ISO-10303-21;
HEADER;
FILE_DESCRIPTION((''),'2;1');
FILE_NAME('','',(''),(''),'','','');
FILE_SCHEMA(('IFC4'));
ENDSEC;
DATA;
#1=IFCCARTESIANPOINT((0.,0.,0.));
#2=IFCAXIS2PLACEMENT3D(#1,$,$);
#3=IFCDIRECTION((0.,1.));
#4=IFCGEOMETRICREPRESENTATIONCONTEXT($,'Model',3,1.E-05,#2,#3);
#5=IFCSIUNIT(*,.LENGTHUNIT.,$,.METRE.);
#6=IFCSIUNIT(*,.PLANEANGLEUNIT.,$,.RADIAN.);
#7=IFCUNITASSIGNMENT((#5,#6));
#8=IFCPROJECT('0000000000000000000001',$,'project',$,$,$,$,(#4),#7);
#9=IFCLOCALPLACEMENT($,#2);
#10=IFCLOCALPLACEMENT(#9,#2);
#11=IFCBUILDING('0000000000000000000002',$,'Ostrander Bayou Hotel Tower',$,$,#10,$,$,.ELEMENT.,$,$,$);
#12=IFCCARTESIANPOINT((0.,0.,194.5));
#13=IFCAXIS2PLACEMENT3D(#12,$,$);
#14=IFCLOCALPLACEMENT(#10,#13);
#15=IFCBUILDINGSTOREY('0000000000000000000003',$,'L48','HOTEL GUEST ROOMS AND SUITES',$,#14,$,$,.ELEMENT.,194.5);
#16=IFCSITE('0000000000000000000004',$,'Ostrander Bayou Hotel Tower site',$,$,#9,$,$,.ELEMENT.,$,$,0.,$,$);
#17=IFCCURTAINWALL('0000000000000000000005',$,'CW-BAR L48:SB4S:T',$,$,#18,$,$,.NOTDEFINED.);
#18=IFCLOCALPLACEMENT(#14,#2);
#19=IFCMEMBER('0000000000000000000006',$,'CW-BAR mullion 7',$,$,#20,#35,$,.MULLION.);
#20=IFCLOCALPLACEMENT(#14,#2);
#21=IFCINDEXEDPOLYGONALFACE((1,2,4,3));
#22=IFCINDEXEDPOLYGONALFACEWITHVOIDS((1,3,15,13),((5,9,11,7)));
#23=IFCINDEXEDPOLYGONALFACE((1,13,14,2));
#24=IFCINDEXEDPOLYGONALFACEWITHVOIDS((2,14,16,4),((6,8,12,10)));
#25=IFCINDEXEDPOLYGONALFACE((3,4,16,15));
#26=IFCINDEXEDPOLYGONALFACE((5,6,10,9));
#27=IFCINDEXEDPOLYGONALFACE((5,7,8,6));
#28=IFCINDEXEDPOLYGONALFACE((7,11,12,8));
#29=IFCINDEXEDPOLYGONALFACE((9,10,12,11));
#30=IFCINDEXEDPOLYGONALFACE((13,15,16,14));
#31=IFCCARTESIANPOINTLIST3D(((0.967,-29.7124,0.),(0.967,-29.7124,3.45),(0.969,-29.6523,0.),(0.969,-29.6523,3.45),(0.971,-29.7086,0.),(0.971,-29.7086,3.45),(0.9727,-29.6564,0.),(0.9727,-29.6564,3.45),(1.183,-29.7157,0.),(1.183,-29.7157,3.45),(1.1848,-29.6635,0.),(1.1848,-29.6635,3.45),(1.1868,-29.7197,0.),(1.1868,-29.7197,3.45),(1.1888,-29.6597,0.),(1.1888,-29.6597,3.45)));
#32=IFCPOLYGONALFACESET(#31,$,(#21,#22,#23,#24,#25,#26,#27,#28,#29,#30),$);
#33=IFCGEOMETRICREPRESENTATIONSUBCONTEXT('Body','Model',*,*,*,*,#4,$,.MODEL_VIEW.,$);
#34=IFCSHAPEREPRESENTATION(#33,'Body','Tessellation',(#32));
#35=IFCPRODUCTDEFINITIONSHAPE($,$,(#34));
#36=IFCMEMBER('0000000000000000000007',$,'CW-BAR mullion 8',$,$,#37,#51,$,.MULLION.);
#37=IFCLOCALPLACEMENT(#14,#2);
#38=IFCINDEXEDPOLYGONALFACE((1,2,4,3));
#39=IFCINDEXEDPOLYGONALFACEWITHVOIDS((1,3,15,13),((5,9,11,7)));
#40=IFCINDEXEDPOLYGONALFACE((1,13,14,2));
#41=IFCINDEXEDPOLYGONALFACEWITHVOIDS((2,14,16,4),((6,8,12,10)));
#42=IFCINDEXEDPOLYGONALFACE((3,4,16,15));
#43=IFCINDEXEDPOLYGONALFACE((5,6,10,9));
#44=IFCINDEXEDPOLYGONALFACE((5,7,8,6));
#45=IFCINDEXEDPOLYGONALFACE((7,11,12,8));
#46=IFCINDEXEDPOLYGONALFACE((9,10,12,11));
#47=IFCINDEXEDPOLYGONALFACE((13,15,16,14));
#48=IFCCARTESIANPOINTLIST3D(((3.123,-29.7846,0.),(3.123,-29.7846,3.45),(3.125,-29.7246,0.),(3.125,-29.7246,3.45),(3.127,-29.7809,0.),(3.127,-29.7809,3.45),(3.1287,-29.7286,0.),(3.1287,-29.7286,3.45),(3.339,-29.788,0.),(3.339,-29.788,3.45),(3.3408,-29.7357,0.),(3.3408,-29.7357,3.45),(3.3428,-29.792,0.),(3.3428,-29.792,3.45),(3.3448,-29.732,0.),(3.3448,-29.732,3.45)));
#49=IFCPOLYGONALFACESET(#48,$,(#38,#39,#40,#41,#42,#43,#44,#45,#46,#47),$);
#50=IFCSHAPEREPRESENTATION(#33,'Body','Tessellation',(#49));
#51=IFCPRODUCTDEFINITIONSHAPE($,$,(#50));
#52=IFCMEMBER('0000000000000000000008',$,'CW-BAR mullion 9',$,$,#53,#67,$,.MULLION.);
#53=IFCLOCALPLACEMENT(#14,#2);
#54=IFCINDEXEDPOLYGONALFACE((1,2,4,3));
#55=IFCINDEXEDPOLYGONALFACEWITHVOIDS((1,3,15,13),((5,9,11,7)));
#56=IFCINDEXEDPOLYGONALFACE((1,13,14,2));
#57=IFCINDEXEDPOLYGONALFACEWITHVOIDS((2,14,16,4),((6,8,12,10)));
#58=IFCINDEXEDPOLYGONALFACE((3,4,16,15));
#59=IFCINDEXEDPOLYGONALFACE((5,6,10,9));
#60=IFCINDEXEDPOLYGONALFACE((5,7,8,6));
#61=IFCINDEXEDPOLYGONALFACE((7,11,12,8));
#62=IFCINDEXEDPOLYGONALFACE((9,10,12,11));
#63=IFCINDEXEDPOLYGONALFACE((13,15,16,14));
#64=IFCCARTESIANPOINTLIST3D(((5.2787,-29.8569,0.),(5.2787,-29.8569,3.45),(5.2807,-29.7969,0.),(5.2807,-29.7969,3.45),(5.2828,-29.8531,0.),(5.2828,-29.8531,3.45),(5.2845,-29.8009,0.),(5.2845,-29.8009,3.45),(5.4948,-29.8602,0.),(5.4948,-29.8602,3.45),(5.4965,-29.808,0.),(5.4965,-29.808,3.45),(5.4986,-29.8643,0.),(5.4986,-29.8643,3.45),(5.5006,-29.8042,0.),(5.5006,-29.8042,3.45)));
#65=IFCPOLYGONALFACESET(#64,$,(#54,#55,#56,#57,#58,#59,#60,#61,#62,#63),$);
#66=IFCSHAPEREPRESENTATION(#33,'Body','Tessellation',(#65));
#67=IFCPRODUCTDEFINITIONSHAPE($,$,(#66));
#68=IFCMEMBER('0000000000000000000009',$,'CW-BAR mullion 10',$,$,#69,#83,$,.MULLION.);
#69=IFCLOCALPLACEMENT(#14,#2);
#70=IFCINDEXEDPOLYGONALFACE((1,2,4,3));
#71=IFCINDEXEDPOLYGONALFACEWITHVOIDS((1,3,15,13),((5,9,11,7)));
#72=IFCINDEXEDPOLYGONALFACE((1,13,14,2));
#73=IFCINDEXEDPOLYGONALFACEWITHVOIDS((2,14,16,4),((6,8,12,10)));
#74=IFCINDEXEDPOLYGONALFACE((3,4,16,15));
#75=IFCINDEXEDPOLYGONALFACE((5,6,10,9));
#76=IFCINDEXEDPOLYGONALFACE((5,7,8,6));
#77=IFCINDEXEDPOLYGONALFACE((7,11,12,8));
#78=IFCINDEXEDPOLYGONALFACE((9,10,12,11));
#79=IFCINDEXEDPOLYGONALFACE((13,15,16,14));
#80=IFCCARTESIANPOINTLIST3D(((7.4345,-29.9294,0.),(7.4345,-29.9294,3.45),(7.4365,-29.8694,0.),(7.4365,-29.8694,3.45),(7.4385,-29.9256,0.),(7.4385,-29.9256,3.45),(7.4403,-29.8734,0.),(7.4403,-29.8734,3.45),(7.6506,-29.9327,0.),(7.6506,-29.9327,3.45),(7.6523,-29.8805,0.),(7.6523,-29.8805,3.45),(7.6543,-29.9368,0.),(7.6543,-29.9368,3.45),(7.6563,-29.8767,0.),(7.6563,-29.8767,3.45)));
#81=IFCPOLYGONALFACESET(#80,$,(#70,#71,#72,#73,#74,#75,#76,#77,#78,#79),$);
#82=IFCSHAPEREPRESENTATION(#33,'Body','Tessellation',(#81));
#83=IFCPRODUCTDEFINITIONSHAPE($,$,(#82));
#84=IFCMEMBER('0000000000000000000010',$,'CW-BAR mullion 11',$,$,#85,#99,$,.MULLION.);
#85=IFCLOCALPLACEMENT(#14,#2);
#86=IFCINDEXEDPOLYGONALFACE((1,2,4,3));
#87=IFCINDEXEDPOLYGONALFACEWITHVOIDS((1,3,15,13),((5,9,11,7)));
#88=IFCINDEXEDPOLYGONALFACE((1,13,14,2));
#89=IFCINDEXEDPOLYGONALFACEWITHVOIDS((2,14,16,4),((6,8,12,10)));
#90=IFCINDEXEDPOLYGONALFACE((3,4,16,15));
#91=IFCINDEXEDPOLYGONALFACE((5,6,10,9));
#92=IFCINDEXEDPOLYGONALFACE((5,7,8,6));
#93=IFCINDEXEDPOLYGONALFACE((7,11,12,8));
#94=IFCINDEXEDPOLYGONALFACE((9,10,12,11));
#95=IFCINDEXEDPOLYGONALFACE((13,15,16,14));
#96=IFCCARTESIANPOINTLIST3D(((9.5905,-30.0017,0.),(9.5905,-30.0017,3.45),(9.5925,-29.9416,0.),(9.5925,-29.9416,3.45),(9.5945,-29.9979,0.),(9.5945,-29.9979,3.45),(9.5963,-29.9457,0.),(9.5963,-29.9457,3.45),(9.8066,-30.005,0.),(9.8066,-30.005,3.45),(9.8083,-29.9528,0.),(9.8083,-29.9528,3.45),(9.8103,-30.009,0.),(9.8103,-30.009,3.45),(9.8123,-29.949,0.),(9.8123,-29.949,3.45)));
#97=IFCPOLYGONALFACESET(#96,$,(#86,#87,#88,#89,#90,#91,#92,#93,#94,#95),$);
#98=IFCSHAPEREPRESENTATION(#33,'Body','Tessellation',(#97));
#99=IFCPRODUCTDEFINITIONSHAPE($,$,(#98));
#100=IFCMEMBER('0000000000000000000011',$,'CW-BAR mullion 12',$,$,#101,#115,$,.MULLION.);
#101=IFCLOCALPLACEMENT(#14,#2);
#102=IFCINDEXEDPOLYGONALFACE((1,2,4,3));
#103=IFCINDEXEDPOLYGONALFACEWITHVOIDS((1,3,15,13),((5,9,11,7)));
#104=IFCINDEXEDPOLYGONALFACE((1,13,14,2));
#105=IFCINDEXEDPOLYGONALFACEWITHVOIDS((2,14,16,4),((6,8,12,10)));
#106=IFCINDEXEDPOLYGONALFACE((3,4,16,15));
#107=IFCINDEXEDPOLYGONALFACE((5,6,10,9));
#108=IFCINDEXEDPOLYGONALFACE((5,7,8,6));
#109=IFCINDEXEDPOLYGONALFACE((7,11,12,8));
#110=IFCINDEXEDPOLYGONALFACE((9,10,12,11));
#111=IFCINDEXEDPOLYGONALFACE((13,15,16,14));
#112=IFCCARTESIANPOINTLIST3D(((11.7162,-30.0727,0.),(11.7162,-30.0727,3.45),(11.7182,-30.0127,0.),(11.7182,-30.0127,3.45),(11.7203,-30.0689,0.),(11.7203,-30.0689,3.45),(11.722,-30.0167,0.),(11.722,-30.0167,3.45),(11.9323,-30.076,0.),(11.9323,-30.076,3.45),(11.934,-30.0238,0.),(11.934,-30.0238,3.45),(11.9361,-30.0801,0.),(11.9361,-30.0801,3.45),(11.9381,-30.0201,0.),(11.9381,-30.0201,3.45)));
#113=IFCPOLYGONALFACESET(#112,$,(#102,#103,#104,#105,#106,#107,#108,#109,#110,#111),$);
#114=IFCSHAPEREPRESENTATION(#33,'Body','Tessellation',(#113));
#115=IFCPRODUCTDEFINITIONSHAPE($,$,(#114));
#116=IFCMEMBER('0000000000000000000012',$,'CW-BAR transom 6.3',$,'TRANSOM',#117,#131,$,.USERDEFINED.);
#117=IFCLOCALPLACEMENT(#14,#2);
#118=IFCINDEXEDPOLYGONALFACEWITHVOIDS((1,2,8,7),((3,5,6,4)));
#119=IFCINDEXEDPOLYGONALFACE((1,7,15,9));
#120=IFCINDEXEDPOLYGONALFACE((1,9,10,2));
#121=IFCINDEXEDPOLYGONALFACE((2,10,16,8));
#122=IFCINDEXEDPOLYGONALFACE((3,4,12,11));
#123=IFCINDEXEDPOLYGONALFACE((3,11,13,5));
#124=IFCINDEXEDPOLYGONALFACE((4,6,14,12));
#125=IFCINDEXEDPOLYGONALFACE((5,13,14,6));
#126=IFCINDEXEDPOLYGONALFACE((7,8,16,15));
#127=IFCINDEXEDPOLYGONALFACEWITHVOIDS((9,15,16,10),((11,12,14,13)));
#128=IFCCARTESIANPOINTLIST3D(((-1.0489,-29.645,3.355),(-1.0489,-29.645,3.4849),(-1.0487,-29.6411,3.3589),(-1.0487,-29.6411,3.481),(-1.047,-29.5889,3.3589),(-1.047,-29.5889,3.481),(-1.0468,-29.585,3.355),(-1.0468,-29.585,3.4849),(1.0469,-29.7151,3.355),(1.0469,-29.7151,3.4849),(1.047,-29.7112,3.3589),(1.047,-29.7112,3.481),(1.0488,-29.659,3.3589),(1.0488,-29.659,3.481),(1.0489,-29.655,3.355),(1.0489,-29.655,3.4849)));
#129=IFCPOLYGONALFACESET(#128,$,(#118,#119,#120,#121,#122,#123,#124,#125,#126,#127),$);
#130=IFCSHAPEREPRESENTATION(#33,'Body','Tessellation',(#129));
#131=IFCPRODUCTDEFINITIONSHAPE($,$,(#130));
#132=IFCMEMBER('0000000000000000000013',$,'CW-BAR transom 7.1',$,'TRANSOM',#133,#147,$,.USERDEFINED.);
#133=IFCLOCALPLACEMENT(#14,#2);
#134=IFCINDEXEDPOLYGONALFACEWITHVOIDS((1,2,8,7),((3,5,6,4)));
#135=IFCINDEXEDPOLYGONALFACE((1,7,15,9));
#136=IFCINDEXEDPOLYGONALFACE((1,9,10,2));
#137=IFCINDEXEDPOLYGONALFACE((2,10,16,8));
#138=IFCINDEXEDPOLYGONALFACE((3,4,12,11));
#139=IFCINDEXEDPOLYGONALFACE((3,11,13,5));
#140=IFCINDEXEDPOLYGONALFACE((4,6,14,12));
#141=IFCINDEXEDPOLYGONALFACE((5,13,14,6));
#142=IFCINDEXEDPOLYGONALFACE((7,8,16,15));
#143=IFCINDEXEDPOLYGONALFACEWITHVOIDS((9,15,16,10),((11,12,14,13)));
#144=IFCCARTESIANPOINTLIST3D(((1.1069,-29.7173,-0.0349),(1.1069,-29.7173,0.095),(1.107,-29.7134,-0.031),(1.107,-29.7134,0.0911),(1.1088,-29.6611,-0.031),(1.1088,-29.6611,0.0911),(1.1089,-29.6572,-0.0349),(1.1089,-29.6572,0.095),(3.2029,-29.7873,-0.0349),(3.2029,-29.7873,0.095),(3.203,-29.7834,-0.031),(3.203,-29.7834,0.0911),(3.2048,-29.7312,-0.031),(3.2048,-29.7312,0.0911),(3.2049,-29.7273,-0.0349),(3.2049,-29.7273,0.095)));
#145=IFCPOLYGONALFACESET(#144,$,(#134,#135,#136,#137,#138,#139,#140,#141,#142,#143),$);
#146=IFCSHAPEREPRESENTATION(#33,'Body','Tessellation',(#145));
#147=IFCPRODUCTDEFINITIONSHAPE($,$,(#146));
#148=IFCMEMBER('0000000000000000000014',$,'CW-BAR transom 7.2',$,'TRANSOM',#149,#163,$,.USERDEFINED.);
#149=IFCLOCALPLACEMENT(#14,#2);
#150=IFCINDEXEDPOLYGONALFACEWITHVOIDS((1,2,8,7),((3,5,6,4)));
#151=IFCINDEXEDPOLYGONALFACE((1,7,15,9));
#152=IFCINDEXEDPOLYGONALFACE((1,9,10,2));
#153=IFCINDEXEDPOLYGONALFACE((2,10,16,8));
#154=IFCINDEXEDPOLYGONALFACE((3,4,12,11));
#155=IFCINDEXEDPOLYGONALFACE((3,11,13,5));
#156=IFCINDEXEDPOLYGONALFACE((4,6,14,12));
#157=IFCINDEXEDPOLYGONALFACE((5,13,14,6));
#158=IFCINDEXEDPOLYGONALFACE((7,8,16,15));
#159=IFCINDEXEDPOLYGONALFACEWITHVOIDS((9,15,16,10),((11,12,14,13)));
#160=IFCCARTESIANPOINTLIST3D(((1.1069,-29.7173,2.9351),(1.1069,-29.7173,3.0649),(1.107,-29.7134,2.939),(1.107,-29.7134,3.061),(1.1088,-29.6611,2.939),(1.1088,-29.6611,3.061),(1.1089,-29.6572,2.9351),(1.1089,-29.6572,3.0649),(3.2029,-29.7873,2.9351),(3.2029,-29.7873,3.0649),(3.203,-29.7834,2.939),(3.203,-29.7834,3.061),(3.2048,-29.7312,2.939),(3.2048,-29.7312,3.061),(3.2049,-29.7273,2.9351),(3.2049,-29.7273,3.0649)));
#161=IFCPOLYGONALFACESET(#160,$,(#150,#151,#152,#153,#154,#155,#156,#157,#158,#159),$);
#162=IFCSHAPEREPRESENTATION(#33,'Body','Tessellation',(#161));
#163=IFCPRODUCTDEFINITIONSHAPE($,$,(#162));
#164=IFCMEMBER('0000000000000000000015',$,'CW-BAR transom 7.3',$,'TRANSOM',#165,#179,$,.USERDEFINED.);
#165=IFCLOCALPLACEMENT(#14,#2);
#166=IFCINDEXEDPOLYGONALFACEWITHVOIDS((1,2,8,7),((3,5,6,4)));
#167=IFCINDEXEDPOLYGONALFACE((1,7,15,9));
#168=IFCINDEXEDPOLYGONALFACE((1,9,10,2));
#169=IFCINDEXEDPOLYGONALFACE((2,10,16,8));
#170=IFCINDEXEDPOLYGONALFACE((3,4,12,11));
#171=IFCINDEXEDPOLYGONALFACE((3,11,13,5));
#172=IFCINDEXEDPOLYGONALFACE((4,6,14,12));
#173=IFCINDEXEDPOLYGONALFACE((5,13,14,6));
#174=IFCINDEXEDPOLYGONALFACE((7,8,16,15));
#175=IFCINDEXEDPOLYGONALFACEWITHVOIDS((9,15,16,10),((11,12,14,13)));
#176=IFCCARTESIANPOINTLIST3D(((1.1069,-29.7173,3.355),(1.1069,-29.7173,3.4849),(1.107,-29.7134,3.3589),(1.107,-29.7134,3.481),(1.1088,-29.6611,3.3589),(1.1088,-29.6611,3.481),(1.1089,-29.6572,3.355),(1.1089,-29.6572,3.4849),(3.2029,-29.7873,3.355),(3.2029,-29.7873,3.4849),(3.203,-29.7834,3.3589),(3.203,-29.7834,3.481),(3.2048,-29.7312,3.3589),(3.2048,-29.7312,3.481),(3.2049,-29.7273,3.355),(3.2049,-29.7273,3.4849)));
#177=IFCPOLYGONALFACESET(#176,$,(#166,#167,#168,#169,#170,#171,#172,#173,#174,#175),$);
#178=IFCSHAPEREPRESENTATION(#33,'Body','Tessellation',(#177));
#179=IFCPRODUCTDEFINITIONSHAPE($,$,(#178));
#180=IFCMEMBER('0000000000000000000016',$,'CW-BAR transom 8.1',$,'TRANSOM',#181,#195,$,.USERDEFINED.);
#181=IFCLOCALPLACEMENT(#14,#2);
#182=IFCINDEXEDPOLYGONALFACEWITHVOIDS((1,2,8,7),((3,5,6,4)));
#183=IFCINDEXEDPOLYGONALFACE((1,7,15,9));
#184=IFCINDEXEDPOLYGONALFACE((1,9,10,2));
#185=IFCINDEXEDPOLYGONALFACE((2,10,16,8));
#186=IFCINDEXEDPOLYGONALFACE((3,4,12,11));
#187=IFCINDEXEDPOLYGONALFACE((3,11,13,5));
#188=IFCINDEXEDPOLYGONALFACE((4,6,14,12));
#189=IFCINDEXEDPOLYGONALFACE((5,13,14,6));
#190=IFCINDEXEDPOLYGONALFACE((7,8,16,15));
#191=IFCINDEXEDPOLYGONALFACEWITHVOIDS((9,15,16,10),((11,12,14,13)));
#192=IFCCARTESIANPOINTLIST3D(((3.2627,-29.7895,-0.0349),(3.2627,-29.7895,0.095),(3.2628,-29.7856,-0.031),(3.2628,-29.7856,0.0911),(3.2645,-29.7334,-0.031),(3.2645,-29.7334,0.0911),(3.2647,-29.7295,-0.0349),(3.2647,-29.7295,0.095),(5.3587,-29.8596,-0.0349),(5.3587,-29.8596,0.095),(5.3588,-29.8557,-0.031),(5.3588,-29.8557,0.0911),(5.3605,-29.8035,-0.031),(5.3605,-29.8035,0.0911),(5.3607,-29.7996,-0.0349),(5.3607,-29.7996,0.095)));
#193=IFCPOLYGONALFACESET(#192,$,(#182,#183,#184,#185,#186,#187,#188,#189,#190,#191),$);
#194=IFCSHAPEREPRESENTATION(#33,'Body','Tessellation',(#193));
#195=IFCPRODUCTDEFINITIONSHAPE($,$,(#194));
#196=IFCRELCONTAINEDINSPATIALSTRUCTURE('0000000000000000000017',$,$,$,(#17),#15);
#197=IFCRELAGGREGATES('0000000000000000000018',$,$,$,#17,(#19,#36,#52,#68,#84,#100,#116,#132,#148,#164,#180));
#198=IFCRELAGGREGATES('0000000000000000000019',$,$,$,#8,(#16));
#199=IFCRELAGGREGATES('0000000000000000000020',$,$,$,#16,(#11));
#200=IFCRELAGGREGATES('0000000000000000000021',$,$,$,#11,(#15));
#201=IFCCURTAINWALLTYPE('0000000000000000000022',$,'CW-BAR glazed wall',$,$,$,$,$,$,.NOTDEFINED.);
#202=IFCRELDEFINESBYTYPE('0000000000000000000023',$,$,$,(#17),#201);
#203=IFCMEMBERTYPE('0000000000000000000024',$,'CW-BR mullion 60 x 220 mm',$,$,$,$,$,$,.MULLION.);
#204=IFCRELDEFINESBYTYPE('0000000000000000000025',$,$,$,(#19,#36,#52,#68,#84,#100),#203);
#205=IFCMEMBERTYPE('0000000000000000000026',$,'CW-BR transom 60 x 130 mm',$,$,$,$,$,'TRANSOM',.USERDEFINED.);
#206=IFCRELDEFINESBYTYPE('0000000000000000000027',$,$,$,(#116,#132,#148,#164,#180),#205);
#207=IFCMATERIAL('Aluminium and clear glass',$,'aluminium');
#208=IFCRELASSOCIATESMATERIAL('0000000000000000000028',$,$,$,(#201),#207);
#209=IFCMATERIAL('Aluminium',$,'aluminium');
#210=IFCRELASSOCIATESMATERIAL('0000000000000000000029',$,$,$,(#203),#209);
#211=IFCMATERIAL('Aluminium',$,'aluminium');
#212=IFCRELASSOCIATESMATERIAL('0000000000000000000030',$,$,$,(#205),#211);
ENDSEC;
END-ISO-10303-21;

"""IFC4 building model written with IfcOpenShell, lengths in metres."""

from ifc_helpers import new_model, si_unit, direction, frame, origin, origin_2d, place, context, subcontext, project, spatial, hollow_rectangle, extrude, material, material_profile, profile_set, type_object, element, aggregate, save


model = new_model("IFC4")

# Units and contexts
model_context = context("Model", 3, precision=1e-05, world=origin(), true_north=direction((0.0, 1.0)))
body_context = subcontext(model_context, "Body", "Model", "MODEL_VIEW")
ifc_project = project(units=[si_unit("LENGTHUNIT", "METRE"), si_unit("PLANEANGLEUNIT", "RADIAN")], contexts=[model_context])

# Site, building, storey
site_placement = place(None, origin())
site = spatial("IfcSite", under=ifc_project, at=site_placement, Name="Ostrander Bayou Hotel Tower site", CompositionType="ELEMENT", RefElevation=0.0)
building_placement = place(site_placement, origin())
building = spatial("IfcBuilding", under=site, at=building_placement, Name="Ostrander Bayou Hotel Tower", CompositionType="ELEMENT")
storey_placement = place(building_placement, frame((0.0, 0.0, 194.5)))
storey = spatial("IfcBuildingStorey", under=building, at=storey_placement, Name="L48", Description="HOTEL GUEST ROOMS AND SUITES", CompositionType="ELEMENT", Elevation=194.5)

# Curtain wall, members
ifc_material_1 = material(Name="Aluminium and clear glass", Category="aluminium")
curtain_wall_type = type_object("IfcCurtainWallType", Name="CW-BAR glazed wall", PredefinedType="NOTDEFINED", material=ifc_material_1)
curtain_wall_placement = place(storey_placement, origin())
curtain_wall = element("IfcCurtainWall", 1, at=curtain_wall_placement, inside=storey, type_object=curtain_wall_type, Name="CW-BAR L48:SB4S:T", PredefinedType="NOTDEFINED")
ifc_material_2 = material(Name="Aluminium", Category="aluminium")
ifc_material_profile_1 = material_profile(ifc_material_2, hollow_rectangle(XDim=0.0601, YDim=0.22, WallThickness=0.0039, at=origin_2d()))
ifc_profile_set_1 = profile_set([ifc_material_profile_1], Name="Aluminium")
member_type_1 = type_object("IfcMemberType", Name="CW-BR mullion 60 x 220 mm", PredefinedType="MULLION", material=ifc_profile_set_1)
member_1_placement = place(storey_placement, frame((1.0779, -29.686, 0.0), z_axis=(0.0, 0.0, 1.0), x_axis=(0.033505, 0.999439, 0.0)))
member_1 = element("IfcMember", 2, at=member_1_placement, type_object=member_type_1, Name="CW-BAR mullion 7", PredefinedType="MULLION", context=body_context, shape_type="SweptSolid", body=[
    extrude(hollow_rectangle(XDim=0.0601, YDim=0.22, WallThickness=0.0039, at=origin_2d()), origin(), (0.0, 0.0, 1.0), 3.45),
])
member_2_placement = place(storey_placement, frame((3.2339, -29.7583, 0.0), z_axis=(0.0, 0.0, 1.0), x_axis=(0.033505, 0.999439, 0.0)))
member_2 = element("IfcMember", 3, at=member_2_placement, type_object=member_type_1, Name="CW-BAR mullion 8", PredefinedType="MULLION", context=body_context, shape_type="SweptSolid", body=[
    extrude(hollow_rectangle(XDim=0.0601, YDim=0.22, WallThickness=0.0039, at=origin_2d()), origin(), (0.0, 0.0, 1.0), 3.45),
])
member_3_placement = place(storey_placement, frame((5.3896, -29.8306, 0.0), z_axis=(0.0, 0.0, 1.0), x_axis=(0.033505, 0.999439, 0.0)))
member_3 = element("IfcMember", 4, at=member_3_placement, type_object=member_type_1, Name="CW-BAR mullion 9", PredefinedType="MULLION", context=body_context, shape_type="SweptSolid", body=[
    extrude(hollow_rectangle(XDim=0.0601, YDim=0.22, WallThickness=0.0039, at=origin_2d()), origin(), (0.0, 0.0, 1.0), 3.45),
])
member_4_placement = place(storey_placement, frame((7.5454, -29.9031, 0.0), z_axis=(0.0, 0.0, 1.0), x_axis=(0.033505, 0.999439, 0.0)))
member_4 = element("IfcMember", 5, at=member_4_placement, type_object=member_type_1, Name="CW-BAR mullion 10", PredefinedType="MULLION", context=body_context, shape_type="SweptSolid", body=[
    extrude(hollow_rectangle(XDim=0.0601, YDim=0.22, WallThickness=0.0039, at=origin_2d()), origin(), (0.0, 0.0, 1.0), 3.45),
])
member_5_placement = place(storey_placement, frame((9.7014, -29.9753, 0.0), z_axis=(0.0, 0.0, 1.0), x_axis=(0.033505, 0.999439, 0.0)))
member_5 = element("IfcMember", 6, at=member_5_placement, type_object=member_type_1, Name="CW-BAR mullion 11", PredefinedType="MULLION", context=body_context, shape_type="SweptSolid", body=[
    extrude(hollow_rectangle(XDim=0.0601, YDim=0.22, WallThickness=0.0039, at=origin_2d()), origin(), (0.0, 0.0, 1.0), 3.45),
])
member_6_placement = place(storey_placement, frame((11.8271, -30.0464, 0.0), z_axis=(0.0, 0.0, 1.0), x_axis=(0.033505, 0.999439, 0.0)))
member_6 = element("IfcMember", 7, at=member_6_placement, type_object=member_type_1, Name="CW-BAR mullion 12", PredefinedType="MULLION", context=body_context, shape_type="SweptSolid", body=[
    extrude(hollow_rectangle(XDim=0.0601, YDim=0.22, WallThickness=0.0039, at=origin_2d()), origin(), (0.0, 0.0, 1.0), 3.45),
])
ifc_material_3 = material(Name="Aluminium", Category="aluminium")
ifc_material_profile_2 = material_profile(ifc_material_3, hollow_rectangle(XDim=0.0601, YDim=0.1299, WallThickness=0.0039, at=origin_2d()))
ifc_profile_set_2 = profile_set([ifc_material_profile_2], Name="Aluminium")
member_type_2 = type_object("IfcMemberType", Name="CW-BR transom 60 x 130 mm", ElementType="TRANSOM", PredefinedType="USERDEFINED", material=ifc_profile_set_2)
member_7_placement = place(storey_placement, frame((-1.0479, -29.615, 3.4199), z_axis=(0.999442, -0.033416, 0.0), x_axis=(0.033416, 0.999442, 0.0)))
member_7 = element("IfcMember", 8, at=member_7_placement, type_object=member_type_2, Name="CW-BAR transom 6.3", ObjectType="TRANSOM", PredefinedType="USERDEFINED", context=body_context, shape_type="SweptSolid", body=[
    extrude(hollow_rectangle(XDim=0.0601, YDim=0.1299, WallThickness=0.0039, at=origin_2d()), origin(), (0.0, 0.0, 1.0), 2.0969),
])
member_8_placement = place(storey_placement, frame((1.1079, -29.6873, 0.03), z_axis=(0.999442, -0.033412, 0.0), x_axis=(0.033412, 0.999442, 0.0)))
member_8 = element("IfcMember", 9, at=member_8_placement, type_object=member_type_2, Name="CW-BAR transom 7.1", ObjectType="TRANSOM", PredefinedType="USERDEFINED", context=body_context, shape_type="SweptSolid", body=[
    extrude(hollow_rectangle(XDim=0.0601, YDim=0.1299, WallThickness=0.0039, at=origin_2d()), origin(), (0.0, 0.0, 1.0), 2.0972),
])
member_9_placement = place(storey_placement, frame((1.1079, -29.6873, 3.0), z_axis=(0.999442, -0.033412, 0.0), x_axis=(0.033412, 0.999442, 0.0)))
member_9 = element("IfcMember", 10, at=member_9_placement, type_object=member_type_2, Name="CW-BAR transom 7.2", ObjectType="TRANSOM", PredefinedType="USERDEFINED", context=body_context, shape_type="SweptSolid", body=[
    extrude(hollow_rectangle(XDim=0.0601, YDim=0.1299, WallThickness=0.0039, at=origin_2d()), origin(), (0.0, 0.0, 1.0), 2.0972),
])
member_10_placement = place(storey_placement, frame((1.1079, -29.6873, 3.4199), z_axis=(0.999442, -0.033412, 0.0), x_axis=(0.033412, 0.999442, 0.0)))
member_10 = element("IfcMember", 11, at=member_10_placement, type_object=member_type_2, Name="CW-BAR transom 7.3", ObjectType="TRANSOM", PredefinedType="USERDEFINED", context=body_context, shape_type="SweptSolid", body=[
    extrude(hollow_rectangle(XDim=0.0601, YDim=0.1299, WallThickness=0.0039, at=origin_2d()), origin(), (0.0, 0.0, 1.0), 2.0972),
])
member_11_placement = place(storey_placement, frame((3.2637, -29.7595, 0.03), z_axis=(0.999442, -0.033412, 0.0), x_axis=(0.033412, 0.999442, 0.0)))
member_11 = element("IfcMember", 12, at=member_11_placement, type_object=member_type_2, Name="CW-BAR transom 8.1", ObjectType="TRANSOM", PredefinedType="USERDEFINED", context=body_context, shape_type="SweptSolid", body=[
    extrude(hollow_rectangle(XDim=0.0601, YDim=0.1299, WallThickness=0.0039, at=origin_2d()), origin(), (0.0, 0.0, 1.0), 2.0972),
])
aggregate(curtain_wall, [member_1, member_2, member_3, member_4, member_5, member_6, member_7, member_8, member_9, member_10, member_11])

save(model, "model.ifc")
